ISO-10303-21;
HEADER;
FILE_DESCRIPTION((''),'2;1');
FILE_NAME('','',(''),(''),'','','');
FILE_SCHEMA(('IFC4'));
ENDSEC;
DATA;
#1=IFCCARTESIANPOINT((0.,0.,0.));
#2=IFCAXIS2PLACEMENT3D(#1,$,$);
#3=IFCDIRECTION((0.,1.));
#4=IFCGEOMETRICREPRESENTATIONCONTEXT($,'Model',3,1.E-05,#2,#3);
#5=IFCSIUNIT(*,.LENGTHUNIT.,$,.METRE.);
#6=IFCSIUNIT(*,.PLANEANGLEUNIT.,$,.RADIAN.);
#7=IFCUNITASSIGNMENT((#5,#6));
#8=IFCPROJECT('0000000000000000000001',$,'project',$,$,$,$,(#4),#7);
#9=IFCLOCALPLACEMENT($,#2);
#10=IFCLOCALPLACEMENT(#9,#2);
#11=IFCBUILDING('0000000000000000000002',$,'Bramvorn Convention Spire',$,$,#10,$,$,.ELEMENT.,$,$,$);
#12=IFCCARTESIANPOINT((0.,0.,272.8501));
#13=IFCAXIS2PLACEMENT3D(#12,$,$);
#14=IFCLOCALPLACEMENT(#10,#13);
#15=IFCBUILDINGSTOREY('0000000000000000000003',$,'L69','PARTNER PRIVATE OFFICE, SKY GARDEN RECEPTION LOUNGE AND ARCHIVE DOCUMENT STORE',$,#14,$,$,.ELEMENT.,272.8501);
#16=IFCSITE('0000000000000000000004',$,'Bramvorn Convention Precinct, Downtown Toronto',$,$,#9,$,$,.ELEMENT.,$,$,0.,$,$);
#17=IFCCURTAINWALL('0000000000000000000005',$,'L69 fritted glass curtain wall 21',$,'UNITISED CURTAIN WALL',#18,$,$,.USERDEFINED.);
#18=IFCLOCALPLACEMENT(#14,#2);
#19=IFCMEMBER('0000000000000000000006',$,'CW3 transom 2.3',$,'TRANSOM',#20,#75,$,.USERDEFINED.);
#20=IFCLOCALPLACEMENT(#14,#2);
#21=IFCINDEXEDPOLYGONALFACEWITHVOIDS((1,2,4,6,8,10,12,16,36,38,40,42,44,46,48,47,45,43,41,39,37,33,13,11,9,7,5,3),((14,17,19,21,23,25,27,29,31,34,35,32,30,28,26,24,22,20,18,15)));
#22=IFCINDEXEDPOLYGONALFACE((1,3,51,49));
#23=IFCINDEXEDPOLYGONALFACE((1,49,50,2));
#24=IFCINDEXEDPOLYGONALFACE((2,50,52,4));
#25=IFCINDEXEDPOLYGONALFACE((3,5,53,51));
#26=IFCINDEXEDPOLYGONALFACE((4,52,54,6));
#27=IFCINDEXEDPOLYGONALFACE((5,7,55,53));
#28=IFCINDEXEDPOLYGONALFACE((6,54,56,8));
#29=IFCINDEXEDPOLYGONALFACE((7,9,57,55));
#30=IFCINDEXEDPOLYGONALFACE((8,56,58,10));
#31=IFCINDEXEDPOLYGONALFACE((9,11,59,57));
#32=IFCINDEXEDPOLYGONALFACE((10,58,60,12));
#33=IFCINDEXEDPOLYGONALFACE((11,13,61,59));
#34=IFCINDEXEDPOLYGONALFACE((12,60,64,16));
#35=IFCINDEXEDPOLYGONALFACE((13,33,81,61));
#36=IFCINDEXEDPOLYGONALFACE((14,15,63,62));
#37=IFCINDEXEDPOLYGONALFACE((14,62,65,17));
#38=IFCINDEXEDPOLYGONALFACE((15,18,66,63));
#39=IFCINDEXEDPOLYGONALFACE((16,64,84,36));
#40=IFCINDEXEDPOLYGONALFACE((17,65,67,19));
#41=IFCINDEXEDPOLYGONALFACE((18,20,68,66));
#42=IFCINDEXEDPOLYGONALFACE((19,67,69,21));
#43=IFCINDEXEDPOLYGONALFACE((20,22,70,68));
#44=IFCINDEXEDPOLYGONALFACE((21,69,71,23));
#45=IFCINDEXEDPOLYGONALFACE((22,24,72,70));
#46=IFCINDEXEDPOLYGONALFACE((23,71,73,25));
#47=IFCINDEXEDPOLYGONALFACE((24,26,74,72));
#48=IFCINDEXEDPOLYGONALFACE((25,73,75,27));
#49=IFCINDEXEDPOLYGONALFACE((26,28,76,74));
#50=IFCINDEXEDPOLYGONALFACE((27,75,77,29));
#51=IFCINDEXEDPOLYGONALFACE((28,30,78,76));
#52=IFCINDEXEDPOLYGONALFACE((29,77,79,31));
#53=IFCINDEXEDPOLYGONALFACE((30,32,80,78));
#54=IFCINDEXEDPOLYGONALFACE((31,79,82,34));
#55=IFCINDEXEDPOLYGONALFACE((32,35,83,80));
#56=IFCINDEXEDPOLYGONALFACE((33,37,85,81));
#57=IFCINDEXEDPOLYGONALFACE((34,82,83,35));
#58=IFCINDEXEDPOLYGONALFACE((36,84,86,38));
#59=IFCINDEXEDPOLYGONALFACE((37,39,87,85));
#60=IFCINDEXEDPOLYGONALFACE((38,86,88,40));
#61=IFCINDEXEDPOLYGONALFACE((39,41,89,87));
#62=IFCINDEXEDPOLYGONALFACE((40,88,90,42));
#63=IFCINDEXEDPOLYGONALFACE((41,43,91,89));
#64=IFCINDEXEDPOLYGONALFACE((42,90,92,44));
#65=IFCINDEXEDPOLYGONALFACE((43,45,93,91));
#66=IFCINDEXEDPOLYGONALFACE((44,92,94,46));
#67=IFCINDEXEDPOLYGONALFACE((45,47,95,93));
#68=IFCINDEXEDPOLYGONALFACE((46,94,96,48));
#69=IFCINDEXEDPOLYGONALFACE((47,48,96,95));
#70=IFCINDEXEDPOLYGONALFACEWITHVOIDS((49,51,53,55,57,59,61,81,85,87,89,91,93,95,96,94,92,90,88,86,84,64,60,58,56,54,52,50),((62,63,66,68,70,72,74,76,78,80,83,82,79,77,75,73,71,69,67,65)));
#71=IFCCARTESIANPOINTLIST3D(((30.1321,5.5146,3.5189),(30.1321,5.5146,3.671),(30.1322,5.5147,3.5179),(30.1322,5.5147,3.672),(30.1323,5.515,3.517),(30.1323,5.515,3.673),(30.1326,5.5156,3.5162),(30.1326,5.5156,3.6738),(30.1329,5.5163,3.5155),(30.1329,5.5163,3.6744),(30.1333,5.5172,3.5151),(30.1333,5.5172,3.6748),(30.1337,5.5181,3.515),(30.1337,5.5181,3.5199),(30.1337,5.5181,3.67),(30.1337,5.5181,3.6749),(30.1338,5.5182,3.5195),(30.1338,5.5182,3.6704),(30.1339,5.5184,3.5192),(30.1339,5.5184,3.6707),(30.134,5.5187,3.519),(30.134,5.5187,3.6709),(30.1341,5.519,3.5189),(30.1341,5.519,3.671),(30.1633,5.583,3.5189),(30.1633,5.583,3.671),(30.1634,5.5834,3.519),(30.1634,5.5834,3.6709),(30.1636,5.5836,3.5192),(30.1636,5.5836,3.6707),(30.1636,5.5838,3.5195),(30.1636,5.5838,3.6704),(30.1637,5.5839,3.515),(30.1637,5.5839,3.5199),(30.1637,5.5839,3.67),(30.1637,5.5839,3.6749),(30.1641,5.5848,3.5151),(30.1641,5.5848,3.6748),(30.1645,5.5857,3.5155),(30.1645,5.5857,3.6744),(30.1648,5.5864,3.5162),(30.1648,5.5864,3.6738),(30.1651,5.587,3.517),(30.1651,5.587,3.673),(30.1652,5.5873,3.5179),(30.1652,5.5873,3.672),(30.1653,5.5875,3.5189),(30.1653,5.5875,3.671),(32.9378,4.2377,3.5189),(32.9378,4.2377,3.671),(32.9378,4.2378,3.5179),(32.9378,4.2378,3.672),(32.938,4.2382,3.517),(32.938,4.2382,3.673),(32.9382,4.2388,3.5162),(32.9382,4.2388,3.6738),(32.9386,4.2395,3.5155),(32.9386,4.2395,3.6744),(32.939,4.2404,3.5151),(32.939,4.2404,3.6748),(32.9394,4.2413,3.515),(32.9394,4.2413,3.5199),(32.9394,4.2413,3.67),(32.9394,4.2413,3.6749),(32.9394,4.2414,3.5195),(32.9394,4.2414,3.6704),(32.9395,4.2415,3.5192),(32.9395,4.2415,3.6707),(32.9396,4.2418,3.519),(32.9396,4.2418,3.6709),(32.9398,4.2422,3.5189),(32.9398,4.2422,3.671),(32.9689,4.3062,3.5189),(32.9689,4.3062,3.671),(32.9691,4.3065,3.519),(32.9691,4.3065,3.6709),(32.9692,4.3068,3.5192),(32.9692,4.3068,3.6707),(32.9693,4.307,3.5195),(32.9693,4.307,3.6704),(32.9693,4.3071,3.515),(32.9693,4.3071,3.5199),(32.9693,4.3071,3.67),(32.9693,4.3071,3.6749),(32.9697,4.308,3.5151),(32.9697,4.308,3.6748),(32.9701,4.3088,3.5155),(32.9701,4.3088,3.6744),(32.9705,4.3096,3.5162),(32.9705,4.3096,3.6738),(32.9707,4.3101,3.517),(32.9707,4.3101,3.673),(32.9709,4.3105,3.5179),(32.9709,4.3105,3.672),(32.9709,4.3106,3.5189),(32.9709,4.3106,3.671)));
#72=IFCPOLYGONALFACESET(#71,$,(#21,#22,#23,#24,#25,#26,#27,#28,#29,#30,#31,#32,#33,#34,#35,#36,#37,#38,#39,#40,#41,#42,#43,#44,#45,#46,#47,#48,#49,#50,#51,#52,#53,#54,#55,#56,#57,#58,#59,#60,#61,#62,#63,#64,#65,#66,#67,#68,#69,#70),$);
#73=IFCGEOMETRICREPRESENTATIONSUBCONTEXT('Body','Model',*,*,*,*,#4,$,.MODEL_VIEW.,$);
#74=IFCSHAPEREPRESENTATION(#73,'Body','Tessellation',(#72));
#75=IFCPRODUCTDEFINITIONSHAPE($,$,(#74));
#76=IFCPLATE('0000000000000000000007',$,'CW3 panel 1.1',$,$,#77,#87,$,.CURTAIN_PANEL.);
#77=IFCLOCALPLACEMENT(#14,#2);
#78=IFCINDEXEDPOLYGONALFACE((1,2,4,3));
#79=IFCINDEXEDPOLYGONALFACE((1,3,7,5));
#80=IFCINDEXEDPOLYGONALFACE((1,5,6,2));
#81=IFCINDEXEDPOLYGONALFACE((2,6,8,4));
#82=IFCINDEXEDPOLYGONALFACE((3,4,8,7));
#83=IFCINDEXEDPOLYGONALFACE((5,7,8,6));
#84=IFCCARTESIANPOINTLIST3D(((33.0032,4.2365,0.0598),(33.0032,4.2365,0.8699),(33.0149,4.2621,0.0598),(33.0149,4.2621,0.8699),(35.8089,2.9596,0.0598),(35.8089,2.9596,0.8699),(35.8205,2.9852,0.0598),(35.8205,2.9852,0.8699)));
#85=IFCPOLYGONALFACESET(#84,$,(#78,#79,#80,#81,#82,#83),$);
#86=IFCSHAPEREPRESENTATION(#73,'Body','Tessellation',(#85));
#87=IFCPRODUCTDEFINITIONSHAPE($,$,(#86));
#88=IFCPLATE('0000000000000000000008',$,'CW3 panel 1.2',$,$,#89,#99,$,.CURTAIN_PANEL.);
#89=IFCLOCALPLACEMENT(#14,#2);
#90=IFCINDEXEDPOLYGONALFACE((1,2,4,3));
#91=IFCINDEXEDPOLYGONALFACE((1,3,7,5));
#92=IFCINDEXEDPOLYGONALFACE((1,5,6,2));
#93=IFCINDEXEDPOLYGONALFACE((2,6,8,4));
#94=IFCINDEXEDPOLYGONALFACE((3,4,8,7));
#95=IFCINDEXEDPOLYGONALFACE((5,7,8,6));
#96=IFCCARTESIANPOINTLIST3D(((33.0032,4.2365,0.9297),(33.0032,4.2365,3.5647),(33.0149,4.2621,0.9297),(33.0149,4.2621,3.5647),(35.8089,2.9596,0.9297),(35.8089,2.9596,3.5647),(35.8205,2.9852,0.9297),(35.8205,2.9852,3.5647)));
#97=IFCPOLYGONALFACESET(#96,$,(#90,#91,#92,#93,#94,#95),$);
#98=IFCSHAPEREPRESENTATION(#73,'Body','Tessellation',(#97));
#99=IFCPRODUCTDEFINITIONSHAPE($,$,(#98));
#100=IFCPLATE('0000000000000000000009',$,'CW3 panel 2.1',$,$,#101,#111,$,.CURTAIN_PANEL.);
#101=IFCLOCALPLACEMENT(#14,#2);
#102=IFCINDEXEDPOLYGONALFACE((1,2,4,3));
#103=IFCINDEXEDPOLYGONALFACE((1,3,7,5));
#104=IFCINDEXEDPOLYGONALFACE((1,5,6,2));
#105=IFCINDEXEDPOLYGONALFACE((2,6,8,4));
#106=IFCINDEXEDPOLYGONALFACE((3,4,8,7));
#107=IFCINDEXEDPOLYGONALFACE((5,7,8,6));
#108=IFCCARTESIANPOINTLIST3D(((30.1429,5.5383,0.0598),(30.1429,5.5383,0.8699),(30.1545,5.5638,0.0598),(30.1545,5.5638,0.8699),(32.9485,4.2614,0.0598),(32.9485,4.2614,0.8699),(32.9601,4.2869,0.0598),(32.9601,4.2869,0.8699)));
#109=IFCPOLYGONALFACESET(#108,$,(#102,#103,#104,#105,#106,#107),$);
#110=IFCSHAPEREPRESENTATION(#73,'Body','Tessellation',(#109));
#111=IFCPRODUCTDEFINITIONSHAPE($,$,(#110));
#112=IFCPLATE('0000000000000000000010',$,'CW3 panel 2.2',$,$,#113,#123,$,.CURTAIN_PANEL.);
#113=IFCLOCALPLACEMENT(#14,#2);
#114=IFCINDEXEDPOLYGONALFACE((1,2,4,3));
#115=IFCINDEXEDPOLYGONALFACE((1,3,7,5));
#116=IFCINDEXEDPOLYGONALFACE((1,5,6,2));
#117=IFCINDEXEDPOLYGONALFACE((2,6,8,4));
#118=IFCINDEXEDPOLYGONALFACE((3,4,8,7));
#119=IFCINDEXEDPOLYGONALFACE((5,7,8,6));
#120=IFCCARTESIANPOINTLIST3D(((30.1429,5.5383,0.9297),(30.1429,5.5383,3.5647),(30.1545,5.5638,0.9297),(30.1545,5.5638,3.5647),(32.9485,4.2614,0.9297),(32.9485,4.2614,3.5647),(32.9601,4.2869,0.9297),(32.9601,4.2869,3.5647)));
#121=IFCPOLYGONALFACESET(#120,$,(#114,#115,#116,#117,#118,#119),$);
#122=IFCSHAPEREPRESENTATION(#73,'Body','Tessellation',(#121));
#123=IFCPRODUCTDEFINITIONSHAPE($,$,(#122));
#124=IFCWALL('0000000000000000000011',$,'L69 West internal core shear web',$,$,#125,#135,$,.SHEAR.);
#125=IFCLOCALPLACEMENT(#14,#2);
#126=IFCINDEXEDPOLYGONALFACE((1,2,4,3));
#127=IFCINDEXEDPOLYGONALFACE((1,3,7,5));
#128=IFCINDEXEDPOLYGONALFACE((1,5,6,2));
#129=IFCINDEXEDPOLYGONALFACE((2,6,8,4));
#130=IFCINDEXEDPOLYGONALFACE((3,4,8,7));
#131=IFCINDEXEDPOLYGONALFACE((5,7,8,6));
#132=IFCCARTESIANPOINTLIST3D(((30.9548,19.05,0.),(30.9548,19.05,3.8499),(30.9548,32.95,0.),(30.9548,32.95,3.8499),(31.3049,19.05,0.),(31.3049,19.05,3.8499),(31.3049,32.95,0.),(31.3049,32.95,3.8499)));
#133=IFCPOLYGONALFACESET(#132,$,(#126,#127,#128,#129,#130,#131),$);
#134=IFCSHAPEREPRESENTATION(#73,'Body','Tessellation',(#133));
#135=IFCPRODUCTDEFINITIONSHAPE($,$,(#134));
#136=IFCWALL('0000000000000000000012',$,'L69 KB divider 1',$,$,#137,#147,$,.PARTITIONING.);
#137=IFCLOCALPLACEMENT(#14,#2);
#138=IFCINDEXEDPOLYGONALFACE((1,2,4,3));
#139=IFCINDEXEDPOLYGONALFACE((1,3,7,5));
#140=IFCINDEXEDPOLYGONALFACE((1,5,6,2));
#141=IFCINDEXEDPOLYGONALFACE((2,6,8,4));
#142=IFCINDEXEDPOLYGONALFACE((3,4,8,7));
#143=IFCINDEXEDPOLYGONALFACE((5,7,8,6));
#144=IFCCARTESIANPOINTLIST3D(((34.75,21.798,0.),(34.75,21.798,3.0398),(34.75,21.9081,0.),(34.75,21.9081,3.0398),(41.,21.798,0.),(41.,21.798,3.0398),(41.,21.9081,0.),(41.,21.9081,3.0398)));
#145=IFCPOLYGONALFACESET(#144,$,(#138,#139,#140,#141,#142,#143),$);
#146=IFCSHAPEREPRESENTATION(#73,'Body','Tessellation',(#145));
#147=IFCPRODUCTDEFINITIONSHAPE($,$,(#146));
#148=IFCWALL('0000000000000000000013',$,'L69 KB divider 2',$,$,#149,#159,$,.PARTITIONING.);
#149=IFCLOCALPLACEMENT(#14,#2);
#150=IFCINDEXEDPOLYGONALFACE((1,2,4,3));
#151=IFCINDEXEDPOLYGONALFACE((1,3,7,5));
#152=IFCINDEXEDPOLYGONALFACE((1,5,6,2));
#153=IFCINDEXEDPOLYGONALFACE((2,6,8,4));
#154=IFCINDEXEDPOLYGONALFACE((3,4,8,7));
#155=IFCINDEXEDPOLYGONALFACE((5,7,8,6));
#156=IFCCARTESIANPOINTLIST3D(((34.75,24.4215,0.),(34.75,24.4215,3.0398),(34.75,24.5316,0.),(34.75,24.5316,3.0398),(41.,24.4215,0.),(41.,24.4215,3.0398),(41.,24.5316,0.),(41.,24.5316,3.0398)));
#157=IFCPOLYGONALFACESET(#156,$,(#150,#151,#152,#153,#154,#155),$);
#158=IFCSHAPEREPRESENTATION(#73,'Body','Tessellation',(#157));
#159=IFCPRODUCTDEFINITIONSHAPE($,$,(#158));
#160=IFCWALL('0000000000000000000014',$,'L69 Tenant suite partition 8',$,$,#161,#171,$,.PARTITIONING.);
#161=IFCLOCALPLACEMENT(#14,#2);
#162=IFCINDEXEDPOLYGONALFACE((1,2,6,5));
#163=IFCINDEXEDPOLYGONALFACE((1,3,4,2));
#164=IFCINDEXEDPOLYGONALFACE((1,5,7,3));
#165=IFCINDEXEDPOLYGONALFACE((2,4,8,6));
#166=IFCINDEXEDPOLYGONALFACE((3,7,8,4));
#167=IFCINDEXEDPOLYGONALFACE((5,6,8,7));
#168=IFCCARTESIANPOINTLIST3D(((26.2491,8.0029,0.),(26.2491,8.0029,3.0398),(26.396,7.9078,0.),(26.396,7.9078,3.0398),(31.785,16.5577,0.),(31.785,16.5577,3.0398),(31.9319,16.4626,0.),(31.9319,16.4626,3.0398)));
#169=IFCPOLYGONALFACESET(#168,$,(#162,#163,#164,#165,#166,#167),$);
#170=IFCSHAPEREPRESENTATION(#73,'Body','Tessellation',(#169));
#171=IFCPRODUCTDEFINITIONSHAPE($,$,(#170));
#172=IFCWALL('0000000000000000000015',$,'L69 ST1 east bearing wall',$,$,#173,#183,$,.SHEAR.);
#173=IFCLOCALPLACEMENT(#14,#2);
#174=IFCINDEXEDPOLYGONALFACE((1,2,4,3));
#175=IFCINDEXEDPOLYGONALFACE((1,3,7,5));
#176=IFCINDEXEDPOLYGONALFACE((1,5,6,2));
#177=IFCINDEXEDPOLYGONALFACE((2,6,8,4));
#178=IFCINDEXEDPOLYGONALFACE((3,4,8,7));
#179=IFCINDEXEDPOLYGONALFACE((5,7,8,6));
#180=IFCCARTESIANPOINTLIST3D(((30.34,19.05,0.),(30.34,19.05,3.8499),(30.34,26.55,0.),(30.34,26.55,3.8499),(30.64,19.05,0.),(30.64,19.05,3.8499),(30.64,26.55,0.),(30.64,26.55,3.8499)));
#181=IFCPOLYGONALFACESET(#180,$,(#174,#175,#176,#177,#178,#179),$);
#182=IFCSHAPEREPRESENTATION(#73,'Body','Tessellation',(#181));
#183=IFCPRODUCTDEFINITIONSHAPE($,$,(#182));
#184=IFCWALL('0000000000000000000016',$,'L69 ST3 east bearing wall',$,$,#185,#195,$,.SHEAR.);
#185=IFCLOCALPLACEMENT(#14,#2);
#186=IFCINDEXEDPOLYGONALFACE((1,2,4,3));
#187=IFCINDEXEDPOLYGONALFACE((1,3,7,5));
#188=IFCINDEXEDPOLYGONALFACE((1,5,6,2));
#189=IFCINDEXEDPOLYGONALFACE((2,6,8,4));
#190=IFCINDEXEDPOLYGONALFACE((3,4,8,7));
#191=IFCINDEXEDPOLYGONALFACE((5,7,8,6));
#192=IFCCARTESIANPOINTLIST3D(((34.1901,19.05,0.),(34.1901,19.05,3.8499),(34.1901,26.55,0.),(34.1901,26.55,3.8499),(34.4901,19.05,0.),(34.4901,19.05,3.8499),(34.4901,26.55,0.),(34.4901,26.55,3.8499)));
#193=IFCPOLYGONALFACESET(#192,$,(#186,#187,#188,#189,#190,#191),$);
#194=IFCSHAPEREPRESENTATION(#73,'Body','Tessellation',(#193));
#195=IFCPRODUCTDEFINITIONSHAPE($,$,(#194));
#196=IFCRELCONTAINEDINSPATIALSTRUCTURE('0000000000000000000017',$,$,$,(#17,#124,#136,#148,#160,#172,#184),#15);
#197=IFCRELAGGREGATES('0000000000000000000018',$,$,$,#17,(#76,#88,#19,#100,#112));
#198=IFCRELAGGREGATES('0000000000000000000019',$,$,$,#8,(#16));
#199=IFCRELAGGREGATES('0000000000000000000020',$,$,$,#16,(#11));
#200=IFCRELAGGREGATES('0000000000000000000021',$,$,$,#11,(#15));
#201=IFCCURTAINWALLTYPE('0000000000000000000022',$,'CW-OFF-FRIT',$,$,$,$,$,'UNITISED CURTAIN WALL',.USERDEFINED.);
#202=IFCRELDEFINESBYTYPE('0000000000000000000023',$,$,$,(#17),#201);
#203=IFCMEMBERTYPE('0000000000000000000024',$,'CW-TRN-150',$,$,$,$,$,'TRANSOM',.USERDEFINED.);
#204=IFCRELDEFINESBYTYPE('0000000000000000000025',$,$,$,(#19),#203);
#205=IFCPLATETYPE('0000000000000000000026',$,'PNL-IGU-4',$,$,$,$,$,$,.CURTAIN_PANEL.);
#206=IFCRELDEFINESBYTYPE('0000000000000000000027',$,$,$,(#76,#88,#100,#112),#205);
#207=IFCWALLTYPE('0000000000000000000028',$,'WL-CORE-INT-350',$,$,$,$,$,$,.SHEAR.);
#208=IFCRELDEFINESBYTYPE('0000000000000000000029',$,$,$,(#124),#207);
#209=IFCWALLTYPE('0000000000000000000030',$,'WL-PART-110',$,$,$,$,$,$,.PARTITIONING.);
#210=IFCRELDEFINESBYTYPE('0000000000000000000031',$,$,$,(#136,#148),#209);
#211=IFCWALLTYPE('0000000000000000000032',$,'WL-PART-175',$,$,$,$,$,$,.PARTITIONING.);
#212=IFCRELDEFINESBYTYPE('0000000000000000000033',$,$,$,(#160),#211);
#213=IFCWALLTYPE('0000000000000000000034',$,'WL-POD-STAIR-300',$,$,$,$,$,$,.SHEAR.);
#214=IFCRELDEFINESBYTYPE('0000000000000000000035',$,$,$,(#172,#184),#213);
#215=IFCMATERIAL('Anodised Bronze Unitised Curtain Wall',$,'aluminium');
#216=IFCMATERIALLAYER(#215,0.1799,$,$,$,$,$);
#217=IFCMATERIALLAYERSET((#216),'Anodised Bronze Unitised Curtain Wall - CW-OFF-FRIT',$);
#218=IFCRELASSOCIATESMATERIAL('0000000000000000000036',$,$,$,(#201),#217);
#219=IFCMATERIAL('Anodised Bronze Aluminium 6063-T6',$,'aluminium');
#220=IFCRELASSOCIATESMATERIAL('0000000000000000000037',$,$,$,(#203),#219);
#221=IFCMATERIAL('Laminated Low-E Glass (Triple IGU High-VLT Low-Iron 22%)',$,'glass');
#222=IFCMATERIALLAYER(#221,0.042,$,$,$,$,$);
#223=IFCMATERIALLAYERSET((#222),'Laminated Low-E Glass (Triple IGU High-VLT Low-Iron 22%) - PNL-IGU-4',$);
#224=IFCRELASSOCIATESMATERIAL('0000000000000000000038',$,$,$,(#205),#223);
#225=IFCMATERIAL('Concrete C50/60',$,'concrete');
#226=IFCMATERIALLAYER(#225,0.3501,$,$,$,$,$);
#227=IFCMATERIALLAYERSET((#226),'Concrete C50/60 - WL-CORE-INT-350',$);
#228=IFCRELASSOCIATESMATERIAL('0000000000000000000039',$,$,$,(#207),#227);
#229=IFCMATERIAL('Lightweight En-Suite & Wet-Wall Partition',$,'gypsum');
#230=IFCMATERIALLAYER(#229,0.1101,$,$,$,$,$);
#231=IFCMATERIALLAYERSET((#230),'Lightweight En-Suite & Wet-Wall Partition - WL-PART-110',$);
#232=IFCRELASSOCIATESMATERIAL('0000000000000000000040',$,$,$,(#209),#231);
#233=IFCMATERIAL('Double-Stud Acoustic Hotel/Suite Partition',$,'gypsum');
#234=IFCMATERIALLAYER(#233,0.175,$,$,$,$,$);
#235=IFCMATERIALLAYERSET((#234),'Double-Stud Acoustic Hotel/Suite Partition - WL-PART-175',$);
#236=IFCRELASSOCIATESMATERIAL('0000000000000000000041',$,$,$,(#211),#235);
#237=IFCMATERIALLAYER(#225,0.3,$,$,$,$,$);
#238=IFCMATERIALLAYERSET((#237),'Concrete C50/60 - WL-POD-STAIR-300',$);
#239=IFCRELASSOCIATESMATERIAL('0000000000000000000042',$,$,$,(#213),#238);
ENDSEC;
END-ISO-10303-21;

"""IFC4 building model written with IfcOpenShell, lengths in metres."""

from ifc_helpers import new_model, si_unit, direction, frame, frame_2d, origin, origin_2d, place, context, subcontext, project, spatial, rectangle, hollow_rectangle, extrude, material, layer, layer_set, material_profile, profile_set, type_object, element, aggregate, save


model = new_model("IFC4")

# Units and contexts
model_context = context("Model", 3, precision=1e-05, world=origin(), true_north=direction((0.0, 1.0)))
body_context = subcontext(model_context, "Body", "Model", "MODEL_VIEW")
ifc_project = project(units=[si_unit("LENGTHUNIT", "METRE"), si_unit("PLANEANGLEUNIT", "RADIAN")], contexts=[model_context])

# Site, building, storey
site_placement = place(None, origin())
site = spatial("IfcSite", under=ifc_project, at=site_placement, Name="Bramvorn Convention Precinct, Downtown Toronto", CompositionType="ELEMENT", RefElevation=0.0)
building_placement = place(site_placement, origin())
building = spatial("IfcBuilding", under=site, at=building_placement, Name="Bramvorn Convention Spire", CompositionType="ELEMENT")
storey_placement = place(building_placement, frame((0.0, 0.0, 272.8501)))
storey = spatial("IfcBuildingStorey", under=building, at=storey_placement, Name="L69", Description="PARTNER PRIVATE OFFICE, SKY GARDEN RECEPTION LOUNGE AND ARCHIVE DOCUMENT STORE", CompositionType="ELEMENT", Elevation=272.8501)

# Shared definitions
ifc_material_1 = material(Name="Anodised Bronze Unitised Curtain Wall", Category="aluminium")
ifc_layer_1 = layer(ifc_material_1, 0.1799)
ifc_layer_set_1 = layer_set([ifc_layer_1], Name="Anodised Bronze Unitised Curtain Wall - CW-OFF-FRIT")
curtain_wall_type = type_object("IfcCurtainWallType", Name="CW-OFF-FRIT", ElementType="UNITISED CURTAIN WALL", PredefinedType="USERDEFINED", material=ifc_layer_set_1)
ifc_material_2 = material(Name="Anodised Bronze Aluminium 6063-T6", Category="aluminium")

# Curtain wall
curtain_wall_1_placement = place(storey_placement, origin())
curtain_wall_1 = element("IfcCurtainWall", 1, at=curtain_wall_1_placement, inside=storey, type_object=curtain_wall_type, Name="L69 fritted glass curtain wall 21", ObjectType="UNITISED CURTAIN WALL", PredefinedType="USERDEFINED")

# Member
ifc_material_profile_1 = material_profile(ifc_material_2, hollow_rectangle(XDim=0.0801, YDim=0.1599, WallThickness=0.0039, InnerFilletRadius=0.001, OuterFilletRadius=0.0039, at=origin_2d()))
ifc_profile_set_1 = profile_set([ifc_material_profile_1], Name="Anodised Bronze Aluminium 6063-T6 - CWT80X160")
member_type_1 = type_object("IfcMemberType", Name="CW-TRN-150", ElementType="TRANSOM", PredefinedType="USERDEFINED", material=ifc_profile_set_1)
member_1_placement = place(storey_placement, frame((32.9543, 4.2742, 3.595), z_axis=(-0.910177, 0.414221, 0.0), x_axis=(-0.414221, -0.910177, 0.0)))
member_1 = element("IfcMember", 2, at=member_1_placement, type_object=member_type_1, Name="CW3 transom 2.3", ObjectType="TRANSOM", PredefinedType="USERDEFINED", context=body_context, shape_type="SweptSolid", body=[
    extrude(hollow_rectangle(XDim=0.0801, YDim=0.1599, WallThickness=0.0039, InnerFilletRadius=0.001, OuterFilletRadius=0.0039, at=origin_2d()), origin(), (0.0, 0.0, 1.0), 3.0825),
])

# Plates
ifc_material_3 = material(Name="Laminated Low-E Glass (Triple IGU High-VLT Low-Iron 22%)", Category="glass")
ifc_layer_2 = layer(ifc_material_3, 0.042)
ifc_layer_set_2 = layer_set([ifc_layer_2], Name="Laminated Low-E Glass (Triple IGU High-VLT Low-Iron 22%) - PNL-IGU-4")
plate_type = type_object("IfcPlateType", Name="PNL-IGU-4", PredefinedType="CURTAIN_PANEL", material=ifc_layer_set_2)
plate_1_placement = place(storey_placement, frame((34.4119, 3.6108, 0.0598), z_axis=(0.0, 0.0, 1.0), x_axis=(-0.910173, 0.414229, 0.0)))
plate_1 = element("IfcPlate", 3, at=plate_1_placement, type_object=plate_type, Name="CW3 panel 1.1", PredefinedType="CURTAIN_PANEL", context=body_context, shape_type="SweptSolid", body=[
    extrude(rectangle(XDim=3.0825, YDim=0.0281, at=origin_2d()), origin(), (0.0, 0.0, 1.0), 0.8101),
])
plate_2_placement = place(storey_placement, frame((34.4119, 3.6108, 0.9297), z_axis=(0.0, 0.0, 1.0), x_axis=(-0.910173, 0.414229, 0.0)))
plate_2 = element("IfcPlate", 4, at=plate_2_placement, type_object=plate_type, Name="CW3 panel 1.2", PredefinedType="CURTAIN_PANEL", context=body_context, shape_type="SweptSolid", body=[
    extrude(rectangle(XDim=3.0825, YDim=0.0281, at=origin_2d()), origin(), (0.0, 0.0, 1.0), 2.635),
])
plate_3_placement = place(storey_placement, frame((31.5515, 4.9126, 0.0598), z_axis=(0.0, 0.0, 1.0), x_axis=(-0.910173, 0.414229, 0.0)))
plate_3 = element("IfcPlate", 5, at=plate_3_placement, type_object=plate_type, Name="CW3 panel 2.1", PredefinedType="CURTAIN_PANEL", context=body_context, shape_type="SweptSolid", body=[
    extrude(rectangle(XDim=3.0825, YDim=0.0281, at=origin_2d()), origin(), (0.0, 0.0, 1.0), 0.8101),
])
plate_4_placement = place(storey_placement, frame((31.5515, 4.9126, 0.9297), z_axis=(0.0, 0.0, 1.0), x_axis=(-0.910173, 0.414229, 0.0)))
plate_4 = element("IfcPlate", 6, at=plate_4_placement, type_object=plate_type, Name="CW3 panel 2.2", PredefinedType="CURTAIN_PANEL", context=body_context, shape_type="SweptSolid", body=[
    extrude(rectangle(XDim=3.0825, YDim=0.0281, at=origin_2d()), origin(), (0.0, 0.0, 1.0), 2.635),
])
aggregate(curtain_wall_1, [plate_1, plate_2, member_1, plate_3, plate_4])

# Walls
ifc_material_4 = material(Name="Concrete C50/60", Category="concrete")
ifc_layer_3 = layer(ifc_material_4, 0.3501)
ifc_layer_set_3 = layer_set([ifc_layer_3], Name="Concrete C50/60 - WL-CORE-INT-350")
wall_type_1 = type_object("IfcWallType", Name="WL-CORE-INT-350", PredefinedType="SHEAR", material=ifc_layer_set_3)
wall_1_placement = place(storey_placement, frame((31.1299, 19.05, 0.0), z_axis=(0.0, 0.0, 1.0), x_axis=(0.0, 1.0, 0.0)))
element("IfcWall", 7, at=wall_1_placement, inside=storey, type_object=wall_type_1, Name="L69 West internal core shear web", PredefinedType="SHEAR", context=body_context, shape_type="SweptSolid", body=[
    extrude(rectangle(XDim=13.8999, YDim=0.3501, at=frame_2d((6.95, 0.0))), origin(), (0.0, 0.0, 1.0), 3.8499),
])
ifc_material_5 = material(Name="Lightweight En-Suite & Wet-Wall Partition", Category="gypsum")
ifc_layer_4 = layer(ifc_material_5, 0.1101)
ifc_layer_set_4 = layer_set([ifc_layer_4], Name="Lightweight En-Suite & Wet-Wall Partition - WL-PART-110")
wall_type_2 = type_object("IfcWallType", Name="WL-PART-110", PredefinedType="PARTITIONING", material=ifc_layer_set_4)
for number, where, z_axis, x_axis, name in (
    (8, (34.75, 21.853, 0.0), (0.0, 0.0, 1.0), (1.0, 0.0, 0.0), "L69 KB divider 1"),
    (9, (34.75, 24.4766, 0.0), (0.0, 0.0, 1.0), (1.0, 0.0, 0.0), "L69 KB divider 2"),
):
    element("IfcWall", number, at=place(storey_placement, frame(where, z_axis=z_axis, x_axis=x_axis)), inside=storey, type_object=wall_type_2, Name=name, PredefinedType="PARTITIONING", context=body_context, shape_type="SweptSolid", body=[
        extrude(rectangle(XDim=6.25, YDim=0.1101, at=frame_2d((3.125, 0.0))), origin(), (0.0, 0.0, 1.0), 3.0398),
    ])
ifc_material_6 = material(Name="Double-Stud Acoustic Hotel/Suite Partition", Category="gypsum")
ifc_layer_5 = layer(ifc_material_6, 0.175)
ifc_layer_set_5 = layer_set([ifc_layer_5], Name="Double-Stud Acoustic Hotel/Suite Partition - WL-PART-175")
wall_type_3 = type_object("IfcWallType", Name="WL-PART-175", PredefinedType="PARTITIONING", material=ifc_layer_set_5)
wall_2_placement = place(storey_placement, frame((31.8584, 16.51, 0.0), z_axis=(0.0, 0.0, 1.0), x_axis=(-0.543286, -0.839548, 0.0)))
element("IfcWall", 10, at=wall_2_placement, inside=storey, type_object=wall_type_3, Name="L69 Tenant suite partition 8", PredefinedType="PARTITIONING", context=body_context, shape_type="SweptSolid", body=[
    extrude(rectangle(XDim=10.1897, YDim=0.175, at=frame_2d((5.0947, 0.0))), origin(), (0.0, 0.0, 1.0), 3.0398),
])
ifc_layer_6 = layer(ifc_material_4, 0.3)
ifc_layer_set_6 = layer_set([ifc_layer_6], Name="Concrete C50/60 - WL-POD-STAIR-300")
wall_type_4 = type_object("IfcWallType", Name="WL-POD-STAIR-300", PredefinedType="SHEAR", material=ifc_layer_set_6)
for number, where, z_axis, x_axis, name in (
    (11, (30.49, 19.05, 0.0), (0.0, 0.0, 1.0), (0.0, 1.0, 0.0), "L69 ST1 east bearing wall"),
    (12, (34.3401, 19.05, 0.0), (0.0, 0.0, 1.0), (0.0, 1.0, 0.0), "L69 ST3 east bearing wall"),
):
    element("IfcWall", number, at=place(storey_placement, frame(where, z_axis=z_axis, x_axis=x_axis)), inside=storey, type_object=wall_type_4, Name=name, PredefinedType="SHEAR", context=body_context, shape_type="SweptSolid", body=[
        extrude(rectangle(XDim=7.5, YDim=0.3, at=frame_2d((3.75, 0.0))), origin(), (0.0, 0.0, 1.0), 3.8499),
    ])

save(model, "model.ifc")
